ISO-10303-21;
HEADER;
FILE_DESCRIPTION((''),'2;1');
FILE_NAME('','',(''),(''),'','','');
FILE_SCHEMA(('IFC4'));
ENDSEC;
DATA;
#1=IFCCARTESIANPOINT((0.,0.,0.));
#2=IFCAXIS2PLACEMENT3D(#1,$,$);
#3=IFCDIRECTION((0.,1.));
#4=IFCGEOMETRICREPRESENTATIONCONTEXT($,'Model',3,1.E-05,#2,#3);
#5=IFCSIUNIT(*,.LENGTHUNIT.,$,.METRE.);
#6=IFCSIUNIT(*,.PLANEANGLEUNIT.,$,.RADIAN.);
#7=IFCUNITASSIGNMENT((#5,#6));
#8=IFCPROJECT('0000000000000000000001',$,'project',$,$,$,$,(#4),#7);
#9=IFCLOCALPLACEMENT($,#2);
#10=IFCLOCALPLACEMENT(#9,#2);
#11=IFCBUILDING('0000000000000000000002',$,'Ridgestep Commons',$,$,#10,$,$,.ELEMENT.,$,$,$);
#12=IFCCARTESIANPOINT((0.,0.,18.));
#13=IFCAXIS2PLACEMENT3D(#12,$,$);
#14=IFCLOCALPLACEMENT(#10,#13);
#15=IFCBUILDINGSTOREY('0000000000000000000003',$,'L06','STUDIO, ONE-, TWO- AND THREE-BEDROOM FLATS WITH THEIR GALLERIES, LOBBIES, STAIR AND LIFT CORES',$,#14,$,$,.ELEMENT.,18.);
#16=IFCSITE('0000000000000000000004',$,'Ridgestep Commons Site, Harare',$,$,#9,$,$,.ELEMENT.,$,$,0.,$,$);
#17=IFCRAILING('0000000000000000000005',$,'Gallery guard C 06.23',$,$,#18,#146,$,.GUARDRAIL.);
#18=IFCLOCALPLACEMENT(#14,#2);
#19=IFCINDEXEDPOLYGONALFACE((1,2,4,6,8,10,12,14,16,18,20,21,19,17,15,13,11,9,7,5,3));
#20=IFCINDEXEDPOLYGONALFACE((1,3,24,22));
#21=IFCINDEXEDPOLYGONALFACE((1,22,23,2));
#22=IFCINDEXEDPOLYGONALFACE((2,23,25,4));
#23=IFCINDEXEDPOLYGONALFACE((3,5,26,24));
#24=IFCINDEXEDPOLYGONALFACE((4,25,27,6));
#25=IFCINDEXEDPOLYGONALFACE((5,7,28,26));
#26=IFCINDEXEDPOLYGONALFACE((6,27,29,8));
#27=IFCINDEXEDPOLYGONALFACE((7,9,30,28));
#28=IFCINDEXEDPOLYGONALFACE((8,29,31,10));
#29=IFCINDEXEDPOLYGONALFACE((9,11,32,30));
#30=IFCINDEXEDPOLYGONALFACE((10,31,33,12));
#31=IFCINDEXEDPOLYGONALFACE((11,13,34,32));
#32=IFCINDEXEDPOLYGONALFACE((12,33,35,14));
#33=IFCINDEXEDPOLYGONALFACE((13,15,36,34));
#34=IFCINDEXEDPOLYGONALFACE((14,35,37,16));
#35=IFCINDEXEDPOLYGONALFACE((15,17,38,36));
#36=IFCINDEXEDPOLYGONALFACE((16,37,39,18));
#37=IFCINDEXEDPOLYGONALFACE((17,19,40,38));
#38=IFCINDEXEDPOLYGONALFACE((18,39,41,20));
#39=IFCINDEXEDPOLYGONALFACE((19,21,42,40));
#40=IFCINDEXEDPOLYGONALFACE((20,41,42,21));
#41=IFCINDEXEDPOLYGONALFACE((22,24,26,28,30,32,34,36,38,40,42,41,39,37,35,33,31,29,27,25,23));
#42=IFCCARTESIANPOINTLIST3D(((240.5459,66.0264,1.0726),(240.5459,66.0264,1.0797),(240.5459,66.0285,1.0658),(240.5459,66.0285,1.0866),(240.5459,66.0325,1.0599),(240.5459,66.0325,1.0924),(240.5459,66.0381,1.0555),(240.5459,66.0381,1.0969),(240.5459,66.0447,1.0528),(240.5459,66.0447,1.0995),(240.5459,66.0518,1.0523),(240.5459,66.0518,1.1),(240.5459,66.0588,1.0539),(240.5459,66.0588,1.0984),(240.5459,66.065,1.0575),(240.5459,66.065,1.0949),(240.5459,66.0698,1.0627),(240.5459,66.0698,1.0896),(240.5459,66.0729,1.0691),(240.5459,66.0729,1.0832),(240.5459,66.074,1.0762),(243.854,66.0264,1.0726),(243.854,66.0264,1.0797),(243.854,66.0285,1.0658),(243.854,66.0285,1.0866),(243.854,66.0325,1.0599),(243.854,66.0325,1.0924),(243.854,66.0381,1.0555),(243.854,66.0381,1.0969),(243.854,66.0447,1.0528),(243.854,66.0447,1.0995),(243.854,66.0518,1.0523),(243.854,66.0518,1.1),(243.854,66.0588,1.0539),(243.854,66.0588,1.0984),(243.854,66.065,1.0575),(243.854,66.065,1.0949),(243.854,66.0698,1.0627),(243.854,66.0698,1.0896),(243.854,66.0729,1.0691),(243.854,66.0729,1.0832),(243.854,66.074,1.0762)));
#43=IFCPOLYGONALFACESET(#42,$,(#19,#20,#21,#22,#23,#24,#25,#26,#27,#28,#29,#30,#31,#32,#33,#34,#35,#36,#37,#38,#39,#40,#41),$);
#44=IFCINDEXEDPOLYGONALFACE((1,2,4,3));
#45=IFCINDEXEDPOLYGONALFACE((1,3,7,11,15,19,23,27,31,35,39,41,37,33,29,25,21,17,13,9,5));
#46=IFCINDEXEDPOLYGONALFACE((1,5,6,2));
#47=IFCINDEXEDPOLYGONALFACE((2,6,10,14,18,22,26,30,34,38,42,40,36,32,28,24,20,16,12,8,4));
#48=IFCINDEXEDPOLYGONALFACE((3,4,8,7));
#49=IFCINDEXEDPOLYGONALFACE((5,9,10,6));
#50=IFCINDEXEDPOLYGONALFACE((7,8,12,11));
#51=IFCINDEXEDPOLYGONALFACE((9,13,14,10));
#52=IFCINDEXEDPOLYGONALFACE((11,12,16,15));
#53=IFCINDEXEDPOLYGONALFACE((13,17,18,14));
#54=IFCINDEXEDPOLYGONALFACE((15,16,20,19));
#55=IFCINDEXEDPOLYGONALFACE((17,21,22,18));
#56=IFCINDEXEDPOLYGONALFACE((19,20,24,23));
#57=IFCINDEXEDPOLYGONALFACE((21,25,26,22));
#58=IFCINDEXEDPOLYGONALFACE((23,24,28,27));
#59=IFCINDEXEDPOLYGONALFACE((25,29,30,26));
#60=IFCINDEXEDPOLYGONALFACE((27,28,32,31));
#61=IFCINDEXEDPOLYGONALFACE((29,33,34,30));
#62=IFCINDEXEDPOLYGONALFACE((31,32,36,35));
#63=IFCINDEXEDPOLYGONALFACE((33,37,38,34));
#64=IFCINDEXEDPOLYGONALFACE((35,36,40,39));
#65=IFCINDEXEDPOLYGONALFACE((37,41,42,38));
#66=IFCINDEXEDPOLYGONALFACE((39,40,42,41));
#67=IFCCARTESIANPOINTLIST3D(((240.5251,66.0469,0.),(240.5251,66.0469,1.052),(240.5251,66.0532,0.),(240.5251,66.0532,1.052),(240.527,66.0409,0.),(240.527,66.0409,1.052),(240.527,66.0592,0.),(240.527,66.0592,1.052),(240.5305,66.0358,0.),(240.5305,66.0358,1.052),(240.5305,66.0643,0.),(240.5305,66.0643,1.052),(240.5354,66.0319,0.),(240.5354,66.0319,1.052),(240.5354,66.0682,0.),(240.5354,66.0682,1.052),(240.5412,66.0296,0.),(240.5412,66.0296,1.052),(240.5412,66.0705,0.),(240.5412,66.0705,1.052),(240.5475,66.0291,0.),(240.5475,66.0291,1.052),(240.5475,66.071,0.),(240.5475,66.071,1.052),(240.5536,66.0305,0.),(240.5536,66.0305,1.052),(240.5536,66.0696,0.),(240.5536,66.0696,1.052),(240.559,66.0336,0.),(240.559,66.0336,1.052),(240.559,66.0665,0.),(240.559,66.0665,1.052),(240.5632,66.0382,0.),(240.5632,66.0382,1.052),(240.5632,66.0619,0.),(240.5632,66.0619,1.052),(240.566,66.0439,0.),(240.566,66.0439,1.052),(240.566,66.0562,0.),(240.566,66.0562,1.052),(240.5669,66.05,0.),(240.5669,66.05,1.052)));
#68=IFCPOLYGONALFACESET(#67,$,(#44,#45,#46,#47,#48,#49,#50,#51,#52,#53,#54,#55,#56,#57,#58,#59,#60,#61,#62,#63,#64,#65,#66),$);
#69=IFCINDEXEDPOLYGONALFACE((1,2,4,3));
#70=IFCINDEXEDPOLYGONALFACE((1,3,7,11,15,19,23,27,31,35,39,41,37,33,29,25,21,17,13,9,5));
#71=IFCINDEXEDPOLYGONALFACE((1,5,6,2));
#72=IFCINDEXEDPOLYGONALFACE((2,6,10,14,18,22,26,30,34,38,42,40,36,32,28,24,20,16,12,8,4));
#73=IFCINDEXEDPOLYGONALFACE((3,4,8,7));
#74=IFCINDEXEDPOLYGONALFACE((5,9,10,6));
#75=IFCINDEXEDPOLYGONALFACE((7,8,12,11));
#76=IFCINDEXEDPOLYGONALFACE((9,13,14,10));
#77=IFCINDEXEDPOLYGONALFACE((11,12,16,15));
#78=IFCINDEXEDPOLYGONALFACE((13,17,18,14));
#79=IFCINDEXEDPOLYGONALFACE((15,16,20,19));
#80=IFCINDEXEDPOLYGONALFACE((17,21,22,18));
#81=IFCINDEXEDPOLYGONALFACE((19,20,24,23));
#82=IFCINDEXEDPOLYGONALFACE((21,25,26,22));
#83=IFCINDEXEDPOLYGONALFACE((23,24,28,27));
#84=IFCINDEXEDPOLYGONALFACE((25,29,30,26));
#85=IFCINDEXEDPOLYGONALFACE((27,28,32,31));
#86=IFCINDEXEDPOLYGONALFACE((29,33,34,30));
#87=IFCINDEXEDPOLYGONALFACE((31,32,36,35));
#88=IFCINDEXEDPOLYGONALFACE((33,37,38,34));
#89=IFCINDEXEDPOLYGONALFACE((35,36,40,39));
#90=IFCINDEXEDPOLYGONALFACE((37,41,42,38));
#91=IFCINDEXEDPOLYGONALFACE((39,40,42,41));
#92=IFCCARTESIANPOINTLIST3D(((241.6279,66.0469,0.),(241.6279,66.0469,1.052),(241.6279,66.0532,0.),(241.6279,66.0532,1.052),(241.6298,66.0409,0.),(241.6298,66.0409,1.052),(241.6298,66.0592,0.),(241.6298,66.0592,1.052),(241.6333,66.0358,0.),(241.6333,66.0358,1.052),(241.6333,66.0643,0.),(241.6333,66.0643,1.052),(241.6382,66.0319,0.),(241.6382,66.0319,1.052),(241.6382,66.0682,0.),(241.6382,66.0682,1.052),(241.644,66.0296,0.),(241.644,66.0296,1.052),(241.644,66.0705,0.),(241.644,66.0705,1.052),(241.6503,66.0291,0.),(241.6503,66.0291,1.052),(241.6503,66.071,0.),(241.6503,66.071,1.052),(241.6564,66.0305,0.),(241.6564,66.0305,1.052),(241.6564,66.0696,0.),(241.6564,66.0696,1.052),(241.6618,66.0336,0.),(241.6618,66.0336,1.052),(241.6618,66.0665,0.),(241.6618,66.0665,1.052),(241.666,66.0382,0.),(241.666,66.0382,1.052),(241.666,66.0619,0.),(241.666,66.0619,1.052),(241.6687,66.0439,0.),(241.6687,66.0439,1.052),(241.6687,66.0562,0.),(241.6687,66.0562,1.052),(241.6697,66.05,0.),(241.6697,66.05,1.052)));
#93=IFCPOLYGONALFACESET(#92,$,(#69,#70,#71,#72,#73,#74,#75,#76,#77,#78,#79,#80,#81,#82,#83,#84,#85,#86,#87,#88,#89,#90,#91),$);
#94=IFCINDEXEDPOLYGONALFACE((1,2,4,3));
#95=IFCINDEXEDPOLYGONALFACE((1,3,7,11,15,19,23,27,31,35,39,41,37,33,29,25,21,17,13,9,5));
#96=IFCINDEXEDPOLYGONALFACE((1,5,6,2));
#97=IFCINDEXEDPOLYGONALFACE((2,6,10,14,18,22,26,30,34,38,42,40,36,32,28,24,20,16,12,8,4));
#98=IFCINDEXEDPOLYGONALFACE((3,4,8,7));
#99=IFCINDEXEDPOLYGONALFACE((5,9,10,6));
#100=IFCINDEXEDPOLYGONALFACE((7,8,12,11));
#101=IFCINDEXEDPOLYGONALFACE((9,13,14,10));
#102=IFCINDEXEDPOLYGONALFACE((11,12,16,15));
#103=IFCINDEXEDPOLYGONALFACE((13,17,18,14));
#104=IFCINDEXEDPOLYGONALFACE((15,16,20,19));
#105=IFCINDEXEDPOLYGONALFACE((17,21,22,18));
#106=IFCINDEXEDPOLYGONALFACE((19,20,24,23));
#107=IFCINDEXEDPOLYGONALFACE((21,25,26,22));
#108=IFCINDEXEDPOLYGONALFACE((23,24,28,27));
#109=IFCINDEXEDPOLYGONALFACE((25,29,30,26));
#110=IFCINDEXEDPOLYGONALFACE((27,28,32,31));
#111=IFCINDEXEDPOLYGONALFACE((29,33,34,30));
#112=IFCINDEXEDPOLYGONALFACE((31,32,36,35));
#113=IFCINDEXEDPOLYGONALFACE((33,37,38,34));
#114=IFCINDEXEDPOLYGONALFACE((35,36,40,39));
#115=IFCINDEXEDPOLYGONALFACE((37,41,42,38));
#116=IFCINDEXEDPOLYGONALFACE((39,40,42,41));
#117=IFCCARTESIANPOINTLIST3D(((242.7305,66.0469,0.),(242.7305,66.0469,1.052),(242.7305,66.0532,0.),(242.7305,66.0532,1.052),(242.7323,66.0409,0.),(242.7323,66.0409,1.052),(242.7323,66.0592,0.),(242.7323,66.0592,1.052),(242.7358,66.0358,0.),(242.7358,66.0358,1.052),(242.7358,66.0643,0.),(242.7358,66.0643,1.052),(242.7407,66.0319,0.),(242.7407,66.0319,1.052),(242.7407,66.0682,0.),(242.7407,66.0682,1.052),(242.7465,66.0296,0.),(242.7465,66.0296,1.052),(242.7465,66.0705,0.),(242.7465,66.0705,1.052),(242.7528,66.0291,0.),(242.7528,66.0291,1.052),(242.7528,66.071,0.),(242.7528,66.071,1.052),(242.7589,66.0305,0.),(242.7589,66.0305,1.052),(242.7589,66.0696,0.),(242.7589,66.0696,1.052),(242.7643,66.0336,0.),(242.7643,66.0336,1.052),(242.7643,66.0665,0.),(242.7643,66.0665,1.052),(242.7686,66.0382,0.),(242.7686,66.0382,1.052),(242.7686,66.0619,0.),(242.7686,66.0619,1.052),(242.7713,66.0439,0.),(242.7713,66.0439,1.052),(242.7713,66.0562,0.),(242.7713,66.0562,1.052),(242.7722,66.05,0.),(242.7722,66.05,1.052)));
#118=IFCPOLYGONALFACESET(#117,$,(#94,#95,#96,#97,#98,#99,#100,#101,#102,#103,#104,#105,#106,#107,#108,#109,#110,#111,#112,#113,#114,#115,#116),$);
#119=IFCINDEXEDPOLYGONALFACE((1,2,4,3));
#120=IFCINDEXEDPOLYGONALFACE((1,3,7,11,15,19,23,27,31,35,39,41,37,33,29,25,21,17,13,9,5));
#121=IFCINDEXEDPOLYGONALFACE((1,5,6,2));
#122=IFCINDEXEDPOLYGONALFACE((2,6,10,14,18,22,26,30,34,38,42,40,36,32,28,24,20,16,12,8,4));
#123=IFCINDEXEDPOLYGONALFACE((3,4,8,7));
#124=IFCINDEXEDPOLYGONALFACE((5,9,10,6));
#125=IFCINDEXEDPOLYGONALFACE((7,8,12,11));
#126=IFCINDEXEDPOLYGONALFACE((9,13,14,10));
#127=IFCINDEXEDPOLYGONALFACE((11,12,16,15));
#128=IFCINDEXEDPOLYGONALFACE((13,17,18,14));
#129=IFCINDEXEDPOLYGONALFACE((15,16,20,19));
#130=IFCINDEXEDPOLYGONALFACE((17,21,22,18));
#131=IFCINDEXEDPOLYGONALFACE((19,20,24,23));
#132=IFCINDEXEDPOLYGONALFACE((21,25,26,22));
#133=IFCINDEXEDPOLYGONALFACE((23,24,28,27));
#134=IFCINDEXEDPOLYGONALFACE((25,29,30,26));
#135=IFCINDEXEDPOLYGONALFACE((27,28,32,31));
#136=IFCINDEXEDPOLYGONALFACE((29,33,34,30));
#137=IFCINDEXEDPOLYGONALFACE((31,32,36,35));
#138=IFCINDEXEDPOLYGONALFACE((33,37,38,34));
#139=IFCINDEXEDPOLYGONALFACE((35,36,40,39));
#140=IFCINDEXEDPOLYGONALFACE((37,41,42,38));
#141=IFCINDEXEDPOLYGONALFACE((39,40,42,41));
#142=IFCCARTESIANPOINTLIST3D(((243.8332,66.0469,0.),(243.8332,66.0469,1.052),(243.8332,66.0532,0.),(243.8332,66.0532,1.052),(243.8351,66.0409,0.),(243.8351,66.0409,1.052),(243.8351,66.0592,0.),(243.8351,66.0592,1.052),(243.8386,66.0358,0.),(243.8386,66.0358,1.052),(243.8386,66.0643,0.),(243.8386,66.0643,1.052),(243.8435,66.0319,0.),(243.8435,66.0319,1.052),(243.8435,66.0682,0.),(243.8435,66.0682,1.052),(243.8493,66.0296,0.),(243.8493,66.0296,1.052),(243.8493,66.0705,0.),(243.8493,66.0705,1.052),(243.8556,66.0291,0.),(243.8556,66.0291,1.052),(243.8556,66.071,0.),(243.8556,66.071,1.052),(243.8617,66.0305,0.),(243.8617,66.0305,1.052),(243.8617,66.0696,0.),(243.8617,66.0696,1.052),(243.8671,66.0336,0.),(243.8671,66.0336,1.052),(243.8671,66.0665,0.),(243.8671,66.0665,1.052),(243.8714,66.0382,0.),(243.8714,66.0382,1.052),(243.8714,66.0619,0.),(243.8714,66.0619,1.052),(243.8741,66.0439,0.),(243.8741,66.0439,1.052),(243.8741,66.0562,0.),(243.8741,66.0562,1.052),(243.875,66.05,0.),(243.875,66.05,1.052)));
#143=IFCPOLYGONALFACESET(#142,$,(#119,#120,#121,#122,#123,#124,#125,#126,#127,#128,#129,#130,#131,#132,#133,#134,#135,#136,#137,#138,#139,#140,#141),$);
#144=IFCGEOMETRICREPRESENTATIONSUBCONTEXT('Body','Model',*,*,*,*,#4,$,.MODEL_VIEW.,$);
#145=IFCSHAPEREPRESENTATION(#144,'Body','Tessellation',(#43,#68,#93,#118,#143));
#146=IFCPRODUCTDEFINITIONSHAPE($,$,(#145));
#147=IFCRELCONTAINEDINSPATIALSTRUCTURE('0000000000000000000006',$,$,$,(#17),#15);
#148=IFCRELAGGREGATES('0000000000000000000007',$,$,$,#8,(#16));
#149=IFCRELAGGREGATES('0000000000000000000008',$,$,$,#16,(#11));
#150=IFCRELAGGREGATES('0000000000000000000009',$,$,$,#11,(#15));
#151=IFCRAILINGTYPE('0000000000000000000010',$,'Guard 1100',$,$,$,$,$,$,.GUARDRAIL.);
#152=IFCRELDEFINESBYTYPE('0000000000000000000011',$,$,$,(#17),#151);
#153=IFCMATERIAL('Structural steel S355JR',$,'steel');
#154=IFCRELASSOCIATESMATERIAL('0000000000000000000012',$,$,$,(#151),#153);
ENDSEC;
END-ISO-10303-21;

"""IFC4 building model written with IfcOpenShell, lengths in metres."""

from ifc_helpers import new_model, si_unit, direction, frame, origin, origin_2d, place, context, subcontext, project, spatial, circle, extrude, material, type_object, element, save


model = new_model("IFC4")

# Units and contexts
model_context = context("Model", 3, precision=1e-05, world=origin(), true_north=direction((0.0, 1.0)))
body_context = subcontext(model_context, "Body", "Model", "MODEL_VIEW")
ifc_project = project(units=[si_unit("LENGTHUNIT", "METRE"), si_unit("PLANEANGLEUNIT", "RADIAN")], contexts=[model_context])

# Site, building, storey
site_placement = place(None, origin())
site = spatial("IfcSite", under=ifc_project, at=site_placement, Name="Ridgestep Commons Site, Harare", CompositionType="ELEMENT", RefElevation=0.0)
building_placement = place(site_placement, origin())
building = spatial("IfcBuilding", under=site, at=building_placement, Name="Ridgestep Commons", CompositionType="ELEMENT")
storey_placement = place(building_placement, frame((0.0, 0.0, 18.0)))
storey = spatial("IfcBuildingStorey", under=building, at=storey_placement, Name="L06", Description="STUDIO, ONE-, TWO- AND THREE-BEDROOM FLATS WITH THEIR GALLERIES, LOBBIES, STAIR AND LIFT CORES", CompositionType="ELEMENT", Elevation=18.0)

# Railing
ifc_material_1 = material(Name="Structural steel S355JR", Category="steel")
railing_type_1 = type_object("IfcRailingType", Name="Guard 1100", PredefinedType="GUARDRAIL", material=ifc_material_1)
railing_1_placement = place(storey_placement, frame((240.5459, 66.05, 0.0)))
element("IfcRailing", 1, at=railing_1_placement, inside=storey, type_object=railing_type_1, Name="Gallery guard C 06.23", PredefinedType="GUARDRAIL", context=body_context, shape_type="SweptSolid", body=[
    extrude(circle(Radius=0.0239, at=origin_2d()), frame((0.0, 0.0, 1.0762), z_axis=(1.0, 0.0, 0.0), x_axis=(0.0, 1.0, 0.0)), (0.0, 0.0, 1.0), 3.3081),
    extrude(circle(Radius=0.021, at=origin_2d()), origin(), (0.0, 0.0, 1.0), 1.052),
    extrude(circle(Radius=0.021, at=origin_2d()), frame((1.1028, 0.0, 0.0)), (0.0, 0.0, 1.0), 1.052),
    extrude(circle(Radius=0.021, at=origin_2d()), frame((2.2053, 0.0, 0.0)), (0.0, 0.0, 1.0), 1.052),
    extrude(circle(Radius=0.021, at=origin_2d()), frame((3.3081, 0.0, 0.0)), (0.0, 0.0, 1.0), 1.052),
])

save(model, "model.ifc")
